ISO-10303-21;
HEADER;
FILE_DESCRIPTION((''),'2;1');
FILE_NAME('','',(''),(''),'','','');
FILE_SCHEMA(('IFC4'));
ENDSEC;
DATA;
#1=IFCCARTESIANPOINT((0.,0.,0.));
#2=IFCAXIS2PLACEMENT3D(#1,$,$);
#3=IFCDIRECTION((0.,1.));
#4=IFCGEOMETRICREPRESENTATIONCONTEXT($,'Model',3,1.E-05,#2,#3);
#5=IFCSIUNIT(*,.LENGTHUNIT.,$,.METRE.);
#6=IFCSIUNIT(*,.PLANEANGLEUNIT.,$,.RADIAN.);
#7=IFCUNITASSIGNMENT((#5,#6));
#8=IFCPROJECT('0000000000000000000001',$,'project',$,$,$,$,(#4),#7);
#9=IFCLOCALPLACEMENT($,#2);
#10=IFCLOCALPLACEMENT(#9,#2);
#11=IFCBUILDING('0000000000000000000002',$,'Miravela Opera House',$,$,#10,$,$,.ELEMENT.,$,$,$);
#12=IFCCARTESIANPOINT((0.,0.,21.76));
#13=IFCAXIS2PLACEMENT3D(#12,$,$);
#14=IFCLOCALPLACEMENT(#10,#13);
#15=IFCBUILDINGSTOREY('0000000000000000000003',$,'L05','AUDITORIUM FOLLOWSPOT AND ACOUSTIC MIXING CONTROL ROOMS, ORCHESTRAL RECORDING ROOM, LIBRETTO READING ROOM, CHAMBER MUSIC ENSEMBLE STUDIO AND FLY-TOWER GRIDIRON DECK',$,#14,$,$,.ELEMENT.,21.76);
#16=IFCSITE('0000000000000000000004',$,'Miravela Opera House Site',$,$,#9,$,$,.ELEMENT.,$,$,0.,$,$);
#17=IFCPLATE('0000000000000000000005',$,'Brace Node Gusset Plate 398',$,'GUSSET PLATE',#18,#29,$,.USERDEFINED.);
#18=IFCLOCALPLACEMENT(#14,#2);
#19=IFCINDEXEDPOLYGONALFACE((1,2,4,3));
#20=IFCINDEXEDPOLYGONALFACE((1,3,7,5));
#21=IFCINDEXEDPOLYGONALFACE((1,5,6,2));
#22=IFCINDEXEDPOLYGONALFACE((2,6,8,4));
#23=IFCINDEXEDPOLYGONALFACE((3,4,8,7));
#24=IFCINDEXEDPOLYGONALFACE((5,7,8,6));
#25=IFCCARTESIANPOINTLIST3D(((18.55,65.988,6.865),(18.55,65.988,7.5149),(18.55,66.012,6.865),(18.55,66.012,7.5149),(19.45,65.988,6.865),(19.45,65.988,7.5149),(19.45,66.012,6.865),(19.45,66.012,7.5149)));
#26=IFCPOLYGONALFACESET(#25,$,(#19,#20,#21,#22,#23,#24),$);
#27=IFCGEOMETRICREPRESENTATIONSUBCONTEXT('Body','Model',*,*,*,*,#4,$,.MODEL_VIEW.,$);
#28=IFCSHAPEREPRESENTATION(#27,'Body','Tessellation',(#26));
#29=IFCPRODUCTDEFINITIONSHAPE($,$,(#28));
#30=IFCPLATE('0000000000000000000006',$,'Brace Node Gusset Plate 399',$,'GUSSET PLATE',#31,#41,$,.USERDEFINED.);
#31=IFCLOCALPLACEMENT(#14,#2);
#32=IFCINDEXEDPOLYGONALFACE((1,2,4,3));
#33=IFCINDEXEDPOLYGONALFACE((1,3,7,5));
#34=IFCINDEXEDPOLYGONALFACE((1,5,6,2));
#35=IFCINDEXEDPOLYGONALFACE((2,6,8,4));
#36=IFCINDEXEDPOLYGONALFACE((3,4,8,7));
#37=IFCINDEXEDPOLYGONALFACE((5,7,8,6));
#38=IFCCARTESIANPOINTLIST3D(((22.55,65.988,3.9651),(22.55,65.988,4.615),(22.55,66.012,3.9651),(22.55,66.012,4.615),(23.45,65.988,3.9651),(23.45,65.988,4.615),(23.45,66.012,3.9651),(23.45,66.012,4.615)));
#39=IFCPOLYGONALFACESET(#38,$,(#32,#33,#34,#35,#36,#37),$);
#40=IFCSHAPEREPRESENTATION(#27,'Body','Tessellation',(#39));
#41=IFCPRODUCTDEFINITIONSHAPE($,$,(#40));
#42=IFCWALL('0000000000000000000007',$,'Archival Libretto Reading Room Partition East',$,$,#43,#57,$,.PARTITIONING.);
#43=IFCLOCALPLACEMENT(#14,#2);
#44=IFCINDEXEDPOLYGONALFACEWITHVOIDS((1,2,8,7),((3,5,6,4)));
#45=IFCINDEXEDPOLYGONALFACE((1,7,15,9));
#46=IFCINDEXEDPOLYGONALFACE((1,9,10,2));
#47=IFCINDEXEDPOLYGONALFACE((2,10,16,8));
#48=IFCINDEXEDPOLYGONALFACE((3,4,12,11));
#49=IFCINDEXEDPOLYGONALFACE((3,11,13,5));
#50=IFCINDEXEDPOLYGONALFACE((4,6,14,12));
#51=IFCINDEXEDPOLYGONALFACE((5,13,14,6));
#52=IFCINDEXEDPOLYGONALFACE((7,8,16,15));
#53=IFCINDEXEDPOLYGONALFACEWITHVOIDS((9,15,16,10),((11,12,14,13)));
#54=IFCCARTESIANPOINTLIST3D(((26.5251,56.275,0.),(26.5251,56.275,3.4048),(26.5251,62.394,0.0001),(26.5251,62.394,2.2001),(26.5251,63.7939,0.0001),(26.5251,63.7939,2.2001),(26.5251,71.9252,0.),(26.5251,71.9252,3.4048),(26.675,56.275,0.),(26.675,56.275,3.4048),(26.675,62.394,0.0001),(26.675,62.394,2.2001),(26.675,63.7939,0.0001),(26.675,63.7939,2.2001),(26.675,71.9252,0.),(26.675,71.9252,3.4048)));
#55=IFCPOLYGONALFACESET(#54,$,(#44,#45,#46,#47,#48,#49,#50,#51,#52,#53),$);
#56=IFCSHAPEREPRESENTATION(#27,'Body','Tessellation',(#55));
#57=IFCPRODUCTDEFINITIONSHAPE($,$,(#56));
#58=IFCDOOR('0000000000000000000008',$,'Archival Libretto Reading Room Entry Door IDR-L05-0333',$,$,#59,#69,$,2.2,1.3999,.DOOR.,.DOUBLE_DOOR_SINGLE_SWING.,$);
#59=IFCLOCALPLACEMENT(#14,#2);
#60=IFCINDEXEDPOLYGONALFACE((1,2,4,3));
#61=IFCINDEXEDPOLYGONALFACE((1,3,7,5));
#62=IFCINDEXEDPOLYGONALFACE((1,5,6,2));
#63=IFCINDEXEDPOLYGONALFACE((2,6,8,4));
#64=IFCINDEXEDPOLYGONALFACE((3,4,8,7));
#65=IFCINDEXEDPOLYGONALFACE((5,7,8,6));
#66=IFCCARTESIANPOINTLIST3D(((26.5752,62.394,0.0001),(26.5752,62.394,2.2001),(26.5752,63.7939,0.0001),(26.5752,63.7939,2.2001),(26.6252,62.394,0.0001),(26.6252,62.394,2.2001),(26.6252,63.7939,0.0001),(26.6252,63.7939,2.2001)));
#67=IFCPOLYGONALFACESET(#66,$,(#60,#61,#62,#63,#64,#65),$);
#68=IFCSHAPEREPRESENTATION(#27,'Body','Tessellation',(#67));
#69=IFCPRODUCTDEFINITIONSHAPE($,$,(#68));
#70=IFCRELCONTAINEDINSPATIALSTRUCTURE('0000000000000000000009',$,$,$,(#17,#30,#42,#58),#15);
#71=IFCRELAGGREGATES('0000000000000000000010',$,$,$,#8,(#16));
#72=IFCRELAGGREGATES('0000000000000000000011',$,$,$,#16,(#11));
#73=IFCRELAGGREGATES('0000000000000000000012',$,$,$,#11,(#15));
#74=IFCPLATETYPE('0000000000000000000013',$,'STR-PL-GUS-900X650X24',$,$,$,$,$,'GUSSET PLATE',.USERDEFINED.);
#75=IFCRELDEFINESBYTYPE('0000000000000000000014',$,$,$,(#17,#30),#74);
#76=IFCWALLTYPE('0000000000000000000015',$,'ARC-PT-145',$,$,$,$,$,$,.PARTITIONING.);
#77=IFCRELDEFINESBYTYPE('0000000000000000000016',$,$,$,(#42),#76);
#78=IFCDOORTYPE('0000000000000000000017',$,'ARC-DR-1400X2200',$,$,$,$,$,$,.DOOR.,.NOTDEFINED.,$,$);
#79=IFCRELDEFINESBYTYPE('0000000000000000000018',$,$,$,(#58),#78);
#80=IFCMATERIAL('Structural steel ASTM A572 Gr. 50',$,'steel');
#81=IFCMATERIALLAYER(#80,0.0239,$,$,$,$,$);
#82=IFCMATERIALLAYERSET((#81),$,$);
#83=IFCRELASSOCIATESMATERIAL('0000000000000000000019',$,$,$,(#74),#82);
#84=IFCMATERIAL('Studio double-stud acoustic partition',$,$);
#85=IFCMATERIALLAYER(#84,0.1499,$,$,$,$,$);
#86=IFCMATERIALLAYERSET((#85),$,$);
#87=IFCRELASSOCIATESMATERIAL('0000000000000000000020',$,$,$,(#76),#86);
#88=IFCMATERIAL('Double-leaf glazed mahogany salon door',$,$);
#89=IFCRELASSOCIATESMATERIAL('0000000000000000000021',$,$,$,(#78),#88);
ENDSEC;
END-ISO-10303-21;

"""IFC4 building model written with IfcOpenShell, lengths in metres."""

from ifc_helpers import new_model, si_unit, direction, frame, frame_2d, origin, origin_2d, place, context, subcontext, project, spatial, rectangle, extrude, material, layer, layer_set, type_object, element, fill, save


model = new_model("IFC4")

# Units and contexts
model_context = context("Model", 3, precision=1e-05, world=origin(), true_north=direction((0.0, 1.0)))
body_context = subcontext(model_context, "Body", "Model", "MODEL_VIEW")
ifc_project = project(units=[si_unit("LENGTHUNIT", "METRE"), si_unit("PLANEANGLEUNIT", "RADIAN")], contexts=[model_context])

# Site, building, storey
site_placement = place(None, origin())
site = spatial("IfcSite", under=ifc_project, at=site_placement, Name="Miravela Opera House Site", CompositionType="ELEMENT", RefElevation=0.0)
building_placement = place(site_placement, origin())
building = spatial("IfcBuilding", under=site, at=building_placement, Name="Miravela Opera House", CompositionType="ELEMENT")
storey_placement = place(building_placement, frame((0.0, 0.0, 21.76)))
storey = spatial("IfcBuildingStorey", under=building, at=storey_placement, Name="L05", Description="AUDITORIUM FOLLOWSPOT AND ACOUSTIC MIXING CONTROL ROOMS, ORCHESTRAL RECORDING ROOM, LIBRETTO READING ROOM, CHAMBER MUSIC ENSEMBLE STUDIO AND FLY-TOWER GRIDIRON DECK", CompositionType="ELEMENT", Elevation=21.76)

# Plates
ifc_material_1 = material(Name="Structural steel ASTM A572 Gr. 50", Category="steel")
ifc_layer_1 = layer(ifc_material_1, 0.0239)
ifc_layer_set_1 = layer_set([ifc_layer_1])
plate_type_1 = type_object("IfcPlateType", Name="STR-PL-GUS-900X650X24", ElementType="GUSSET PLATE", PredefinedType="USERDEFINED", material=ifc_layer_set_1)
for number, where, z_axis, x_axis, name in (
    (1, (19.0, 66.0, 6.865), (0.0, 0.0, 1.0), (1.0, 0.0, 0.0), "Brace Node Gusset Plate 398"),
    (2, (23.0, 66.0, 3.9651), (0.0, 0.0, 1.0), (1.0, 0.0, 0.0), "Brace Node Gusset Plate 399"),
):
    element("IfcPlate", number, at=place(storey_placement, frame(where, z_axis=z_axis, x_axis=x_axis)), inside=storey, type_object=plate_type_1, Name=name, ObjectType="GUSSET PLATE", PredefinedType="USERDEFINED", context=body_context, shape_type="SweptSolid", body=[
        extrude(rectangle(XDim=0.8999, YDim=0.0239, at=origin_2d()), origin(), (0.0, 0.0, 1.0), 0.6499),
    ])

# Wall, opening, door
ifc_material_2 = material(Name="Studio double-stud acoustic partition")
ifc_layer_2 = layer(ifc_material_2, 0.1499)
ifc_layer_set_2 = layer_set([ifc_layer_2])
wall_type = type_object("IfcWallType", Name="ARC-PT-145", PredefinedType="PARTITIONING", material=ifc_layer_set_2)
wall_placement = place(storey_placement, frame((26.6001, 56.2749, 0.0), z_axis=(0.0, 0.0, 1.0), x_axis=(0.0, 1.0, 0.0)))
wall = element("IfcWall", 3, at=wall_placement, inside=storey, type_object=wall_type, Name="Archival Libretto Reading Room Partition East", PredefinedType="PARTITIONING", context=body_context, shape_type="SweptSolid", body=[
    extrude(rectangle(XDim=15.6501, YDim=0.1499, at=frame_2d((7.8252, 0.0))), origin(), (0.0, 0.0, 1.0), 3.4048),
])
opening_placement = place(wall_placement, frame((6.1191, 0.0, 0.0)))
opening = element("IfcOpeningElement", 4, at=opening_placement, cuts=wall, PredefinedType="OPENING", context=body_context, shape_type="SweptSolid", body=[
    extrude(rectangle(XDim=1.3999, YDim=2.2, at=frame_2d((0.7, 1.1001))), frame((0.0, 0.085, 0.0), z_axis=(0.0, -1.0, 0.0), x_axis=(1.0, 0.0, 0.0)), (0.0, 0.0, 1.0), 0.1699),
])
ifc_material_3 = material(Name="Double-leaf glazed mahogany salon door")
door_type = type_object("IfcDoorType", Name="ARC-DR-1400X2200", OperationType="NOTDEFINED", PredefinedType="DOOR", material=ifc_material_3)
door_placement = place(opening_placement, origin())
door = element("IfcDoor", 5, at=door_placement, inside=storey, type_object=door_type, Name="Archival Libretto Reading Room Entry Door IDR-L05-0333", OperationType="DOUBLE_DOOR_SINGLE_SWING", OverallHeight=2.2, OverallWidth=1.3999, PredefinedType="DOOR", context=body_context, shape_type="SweptSolid", body=[
    extrude(rectangle(XDim=1.3999, YDim=2.2, at=frame_2d((0.7, 1.1001))), frame((0.0, 0.0249, 0.0), z_axis=(0.0, -1.0, 0.0), x_axis=(1.0, 0.0, 0.0)), (0.0, 0.0, 1.0), 0.05),
])
fill(opening, door)

save(model, "model.ifc")
